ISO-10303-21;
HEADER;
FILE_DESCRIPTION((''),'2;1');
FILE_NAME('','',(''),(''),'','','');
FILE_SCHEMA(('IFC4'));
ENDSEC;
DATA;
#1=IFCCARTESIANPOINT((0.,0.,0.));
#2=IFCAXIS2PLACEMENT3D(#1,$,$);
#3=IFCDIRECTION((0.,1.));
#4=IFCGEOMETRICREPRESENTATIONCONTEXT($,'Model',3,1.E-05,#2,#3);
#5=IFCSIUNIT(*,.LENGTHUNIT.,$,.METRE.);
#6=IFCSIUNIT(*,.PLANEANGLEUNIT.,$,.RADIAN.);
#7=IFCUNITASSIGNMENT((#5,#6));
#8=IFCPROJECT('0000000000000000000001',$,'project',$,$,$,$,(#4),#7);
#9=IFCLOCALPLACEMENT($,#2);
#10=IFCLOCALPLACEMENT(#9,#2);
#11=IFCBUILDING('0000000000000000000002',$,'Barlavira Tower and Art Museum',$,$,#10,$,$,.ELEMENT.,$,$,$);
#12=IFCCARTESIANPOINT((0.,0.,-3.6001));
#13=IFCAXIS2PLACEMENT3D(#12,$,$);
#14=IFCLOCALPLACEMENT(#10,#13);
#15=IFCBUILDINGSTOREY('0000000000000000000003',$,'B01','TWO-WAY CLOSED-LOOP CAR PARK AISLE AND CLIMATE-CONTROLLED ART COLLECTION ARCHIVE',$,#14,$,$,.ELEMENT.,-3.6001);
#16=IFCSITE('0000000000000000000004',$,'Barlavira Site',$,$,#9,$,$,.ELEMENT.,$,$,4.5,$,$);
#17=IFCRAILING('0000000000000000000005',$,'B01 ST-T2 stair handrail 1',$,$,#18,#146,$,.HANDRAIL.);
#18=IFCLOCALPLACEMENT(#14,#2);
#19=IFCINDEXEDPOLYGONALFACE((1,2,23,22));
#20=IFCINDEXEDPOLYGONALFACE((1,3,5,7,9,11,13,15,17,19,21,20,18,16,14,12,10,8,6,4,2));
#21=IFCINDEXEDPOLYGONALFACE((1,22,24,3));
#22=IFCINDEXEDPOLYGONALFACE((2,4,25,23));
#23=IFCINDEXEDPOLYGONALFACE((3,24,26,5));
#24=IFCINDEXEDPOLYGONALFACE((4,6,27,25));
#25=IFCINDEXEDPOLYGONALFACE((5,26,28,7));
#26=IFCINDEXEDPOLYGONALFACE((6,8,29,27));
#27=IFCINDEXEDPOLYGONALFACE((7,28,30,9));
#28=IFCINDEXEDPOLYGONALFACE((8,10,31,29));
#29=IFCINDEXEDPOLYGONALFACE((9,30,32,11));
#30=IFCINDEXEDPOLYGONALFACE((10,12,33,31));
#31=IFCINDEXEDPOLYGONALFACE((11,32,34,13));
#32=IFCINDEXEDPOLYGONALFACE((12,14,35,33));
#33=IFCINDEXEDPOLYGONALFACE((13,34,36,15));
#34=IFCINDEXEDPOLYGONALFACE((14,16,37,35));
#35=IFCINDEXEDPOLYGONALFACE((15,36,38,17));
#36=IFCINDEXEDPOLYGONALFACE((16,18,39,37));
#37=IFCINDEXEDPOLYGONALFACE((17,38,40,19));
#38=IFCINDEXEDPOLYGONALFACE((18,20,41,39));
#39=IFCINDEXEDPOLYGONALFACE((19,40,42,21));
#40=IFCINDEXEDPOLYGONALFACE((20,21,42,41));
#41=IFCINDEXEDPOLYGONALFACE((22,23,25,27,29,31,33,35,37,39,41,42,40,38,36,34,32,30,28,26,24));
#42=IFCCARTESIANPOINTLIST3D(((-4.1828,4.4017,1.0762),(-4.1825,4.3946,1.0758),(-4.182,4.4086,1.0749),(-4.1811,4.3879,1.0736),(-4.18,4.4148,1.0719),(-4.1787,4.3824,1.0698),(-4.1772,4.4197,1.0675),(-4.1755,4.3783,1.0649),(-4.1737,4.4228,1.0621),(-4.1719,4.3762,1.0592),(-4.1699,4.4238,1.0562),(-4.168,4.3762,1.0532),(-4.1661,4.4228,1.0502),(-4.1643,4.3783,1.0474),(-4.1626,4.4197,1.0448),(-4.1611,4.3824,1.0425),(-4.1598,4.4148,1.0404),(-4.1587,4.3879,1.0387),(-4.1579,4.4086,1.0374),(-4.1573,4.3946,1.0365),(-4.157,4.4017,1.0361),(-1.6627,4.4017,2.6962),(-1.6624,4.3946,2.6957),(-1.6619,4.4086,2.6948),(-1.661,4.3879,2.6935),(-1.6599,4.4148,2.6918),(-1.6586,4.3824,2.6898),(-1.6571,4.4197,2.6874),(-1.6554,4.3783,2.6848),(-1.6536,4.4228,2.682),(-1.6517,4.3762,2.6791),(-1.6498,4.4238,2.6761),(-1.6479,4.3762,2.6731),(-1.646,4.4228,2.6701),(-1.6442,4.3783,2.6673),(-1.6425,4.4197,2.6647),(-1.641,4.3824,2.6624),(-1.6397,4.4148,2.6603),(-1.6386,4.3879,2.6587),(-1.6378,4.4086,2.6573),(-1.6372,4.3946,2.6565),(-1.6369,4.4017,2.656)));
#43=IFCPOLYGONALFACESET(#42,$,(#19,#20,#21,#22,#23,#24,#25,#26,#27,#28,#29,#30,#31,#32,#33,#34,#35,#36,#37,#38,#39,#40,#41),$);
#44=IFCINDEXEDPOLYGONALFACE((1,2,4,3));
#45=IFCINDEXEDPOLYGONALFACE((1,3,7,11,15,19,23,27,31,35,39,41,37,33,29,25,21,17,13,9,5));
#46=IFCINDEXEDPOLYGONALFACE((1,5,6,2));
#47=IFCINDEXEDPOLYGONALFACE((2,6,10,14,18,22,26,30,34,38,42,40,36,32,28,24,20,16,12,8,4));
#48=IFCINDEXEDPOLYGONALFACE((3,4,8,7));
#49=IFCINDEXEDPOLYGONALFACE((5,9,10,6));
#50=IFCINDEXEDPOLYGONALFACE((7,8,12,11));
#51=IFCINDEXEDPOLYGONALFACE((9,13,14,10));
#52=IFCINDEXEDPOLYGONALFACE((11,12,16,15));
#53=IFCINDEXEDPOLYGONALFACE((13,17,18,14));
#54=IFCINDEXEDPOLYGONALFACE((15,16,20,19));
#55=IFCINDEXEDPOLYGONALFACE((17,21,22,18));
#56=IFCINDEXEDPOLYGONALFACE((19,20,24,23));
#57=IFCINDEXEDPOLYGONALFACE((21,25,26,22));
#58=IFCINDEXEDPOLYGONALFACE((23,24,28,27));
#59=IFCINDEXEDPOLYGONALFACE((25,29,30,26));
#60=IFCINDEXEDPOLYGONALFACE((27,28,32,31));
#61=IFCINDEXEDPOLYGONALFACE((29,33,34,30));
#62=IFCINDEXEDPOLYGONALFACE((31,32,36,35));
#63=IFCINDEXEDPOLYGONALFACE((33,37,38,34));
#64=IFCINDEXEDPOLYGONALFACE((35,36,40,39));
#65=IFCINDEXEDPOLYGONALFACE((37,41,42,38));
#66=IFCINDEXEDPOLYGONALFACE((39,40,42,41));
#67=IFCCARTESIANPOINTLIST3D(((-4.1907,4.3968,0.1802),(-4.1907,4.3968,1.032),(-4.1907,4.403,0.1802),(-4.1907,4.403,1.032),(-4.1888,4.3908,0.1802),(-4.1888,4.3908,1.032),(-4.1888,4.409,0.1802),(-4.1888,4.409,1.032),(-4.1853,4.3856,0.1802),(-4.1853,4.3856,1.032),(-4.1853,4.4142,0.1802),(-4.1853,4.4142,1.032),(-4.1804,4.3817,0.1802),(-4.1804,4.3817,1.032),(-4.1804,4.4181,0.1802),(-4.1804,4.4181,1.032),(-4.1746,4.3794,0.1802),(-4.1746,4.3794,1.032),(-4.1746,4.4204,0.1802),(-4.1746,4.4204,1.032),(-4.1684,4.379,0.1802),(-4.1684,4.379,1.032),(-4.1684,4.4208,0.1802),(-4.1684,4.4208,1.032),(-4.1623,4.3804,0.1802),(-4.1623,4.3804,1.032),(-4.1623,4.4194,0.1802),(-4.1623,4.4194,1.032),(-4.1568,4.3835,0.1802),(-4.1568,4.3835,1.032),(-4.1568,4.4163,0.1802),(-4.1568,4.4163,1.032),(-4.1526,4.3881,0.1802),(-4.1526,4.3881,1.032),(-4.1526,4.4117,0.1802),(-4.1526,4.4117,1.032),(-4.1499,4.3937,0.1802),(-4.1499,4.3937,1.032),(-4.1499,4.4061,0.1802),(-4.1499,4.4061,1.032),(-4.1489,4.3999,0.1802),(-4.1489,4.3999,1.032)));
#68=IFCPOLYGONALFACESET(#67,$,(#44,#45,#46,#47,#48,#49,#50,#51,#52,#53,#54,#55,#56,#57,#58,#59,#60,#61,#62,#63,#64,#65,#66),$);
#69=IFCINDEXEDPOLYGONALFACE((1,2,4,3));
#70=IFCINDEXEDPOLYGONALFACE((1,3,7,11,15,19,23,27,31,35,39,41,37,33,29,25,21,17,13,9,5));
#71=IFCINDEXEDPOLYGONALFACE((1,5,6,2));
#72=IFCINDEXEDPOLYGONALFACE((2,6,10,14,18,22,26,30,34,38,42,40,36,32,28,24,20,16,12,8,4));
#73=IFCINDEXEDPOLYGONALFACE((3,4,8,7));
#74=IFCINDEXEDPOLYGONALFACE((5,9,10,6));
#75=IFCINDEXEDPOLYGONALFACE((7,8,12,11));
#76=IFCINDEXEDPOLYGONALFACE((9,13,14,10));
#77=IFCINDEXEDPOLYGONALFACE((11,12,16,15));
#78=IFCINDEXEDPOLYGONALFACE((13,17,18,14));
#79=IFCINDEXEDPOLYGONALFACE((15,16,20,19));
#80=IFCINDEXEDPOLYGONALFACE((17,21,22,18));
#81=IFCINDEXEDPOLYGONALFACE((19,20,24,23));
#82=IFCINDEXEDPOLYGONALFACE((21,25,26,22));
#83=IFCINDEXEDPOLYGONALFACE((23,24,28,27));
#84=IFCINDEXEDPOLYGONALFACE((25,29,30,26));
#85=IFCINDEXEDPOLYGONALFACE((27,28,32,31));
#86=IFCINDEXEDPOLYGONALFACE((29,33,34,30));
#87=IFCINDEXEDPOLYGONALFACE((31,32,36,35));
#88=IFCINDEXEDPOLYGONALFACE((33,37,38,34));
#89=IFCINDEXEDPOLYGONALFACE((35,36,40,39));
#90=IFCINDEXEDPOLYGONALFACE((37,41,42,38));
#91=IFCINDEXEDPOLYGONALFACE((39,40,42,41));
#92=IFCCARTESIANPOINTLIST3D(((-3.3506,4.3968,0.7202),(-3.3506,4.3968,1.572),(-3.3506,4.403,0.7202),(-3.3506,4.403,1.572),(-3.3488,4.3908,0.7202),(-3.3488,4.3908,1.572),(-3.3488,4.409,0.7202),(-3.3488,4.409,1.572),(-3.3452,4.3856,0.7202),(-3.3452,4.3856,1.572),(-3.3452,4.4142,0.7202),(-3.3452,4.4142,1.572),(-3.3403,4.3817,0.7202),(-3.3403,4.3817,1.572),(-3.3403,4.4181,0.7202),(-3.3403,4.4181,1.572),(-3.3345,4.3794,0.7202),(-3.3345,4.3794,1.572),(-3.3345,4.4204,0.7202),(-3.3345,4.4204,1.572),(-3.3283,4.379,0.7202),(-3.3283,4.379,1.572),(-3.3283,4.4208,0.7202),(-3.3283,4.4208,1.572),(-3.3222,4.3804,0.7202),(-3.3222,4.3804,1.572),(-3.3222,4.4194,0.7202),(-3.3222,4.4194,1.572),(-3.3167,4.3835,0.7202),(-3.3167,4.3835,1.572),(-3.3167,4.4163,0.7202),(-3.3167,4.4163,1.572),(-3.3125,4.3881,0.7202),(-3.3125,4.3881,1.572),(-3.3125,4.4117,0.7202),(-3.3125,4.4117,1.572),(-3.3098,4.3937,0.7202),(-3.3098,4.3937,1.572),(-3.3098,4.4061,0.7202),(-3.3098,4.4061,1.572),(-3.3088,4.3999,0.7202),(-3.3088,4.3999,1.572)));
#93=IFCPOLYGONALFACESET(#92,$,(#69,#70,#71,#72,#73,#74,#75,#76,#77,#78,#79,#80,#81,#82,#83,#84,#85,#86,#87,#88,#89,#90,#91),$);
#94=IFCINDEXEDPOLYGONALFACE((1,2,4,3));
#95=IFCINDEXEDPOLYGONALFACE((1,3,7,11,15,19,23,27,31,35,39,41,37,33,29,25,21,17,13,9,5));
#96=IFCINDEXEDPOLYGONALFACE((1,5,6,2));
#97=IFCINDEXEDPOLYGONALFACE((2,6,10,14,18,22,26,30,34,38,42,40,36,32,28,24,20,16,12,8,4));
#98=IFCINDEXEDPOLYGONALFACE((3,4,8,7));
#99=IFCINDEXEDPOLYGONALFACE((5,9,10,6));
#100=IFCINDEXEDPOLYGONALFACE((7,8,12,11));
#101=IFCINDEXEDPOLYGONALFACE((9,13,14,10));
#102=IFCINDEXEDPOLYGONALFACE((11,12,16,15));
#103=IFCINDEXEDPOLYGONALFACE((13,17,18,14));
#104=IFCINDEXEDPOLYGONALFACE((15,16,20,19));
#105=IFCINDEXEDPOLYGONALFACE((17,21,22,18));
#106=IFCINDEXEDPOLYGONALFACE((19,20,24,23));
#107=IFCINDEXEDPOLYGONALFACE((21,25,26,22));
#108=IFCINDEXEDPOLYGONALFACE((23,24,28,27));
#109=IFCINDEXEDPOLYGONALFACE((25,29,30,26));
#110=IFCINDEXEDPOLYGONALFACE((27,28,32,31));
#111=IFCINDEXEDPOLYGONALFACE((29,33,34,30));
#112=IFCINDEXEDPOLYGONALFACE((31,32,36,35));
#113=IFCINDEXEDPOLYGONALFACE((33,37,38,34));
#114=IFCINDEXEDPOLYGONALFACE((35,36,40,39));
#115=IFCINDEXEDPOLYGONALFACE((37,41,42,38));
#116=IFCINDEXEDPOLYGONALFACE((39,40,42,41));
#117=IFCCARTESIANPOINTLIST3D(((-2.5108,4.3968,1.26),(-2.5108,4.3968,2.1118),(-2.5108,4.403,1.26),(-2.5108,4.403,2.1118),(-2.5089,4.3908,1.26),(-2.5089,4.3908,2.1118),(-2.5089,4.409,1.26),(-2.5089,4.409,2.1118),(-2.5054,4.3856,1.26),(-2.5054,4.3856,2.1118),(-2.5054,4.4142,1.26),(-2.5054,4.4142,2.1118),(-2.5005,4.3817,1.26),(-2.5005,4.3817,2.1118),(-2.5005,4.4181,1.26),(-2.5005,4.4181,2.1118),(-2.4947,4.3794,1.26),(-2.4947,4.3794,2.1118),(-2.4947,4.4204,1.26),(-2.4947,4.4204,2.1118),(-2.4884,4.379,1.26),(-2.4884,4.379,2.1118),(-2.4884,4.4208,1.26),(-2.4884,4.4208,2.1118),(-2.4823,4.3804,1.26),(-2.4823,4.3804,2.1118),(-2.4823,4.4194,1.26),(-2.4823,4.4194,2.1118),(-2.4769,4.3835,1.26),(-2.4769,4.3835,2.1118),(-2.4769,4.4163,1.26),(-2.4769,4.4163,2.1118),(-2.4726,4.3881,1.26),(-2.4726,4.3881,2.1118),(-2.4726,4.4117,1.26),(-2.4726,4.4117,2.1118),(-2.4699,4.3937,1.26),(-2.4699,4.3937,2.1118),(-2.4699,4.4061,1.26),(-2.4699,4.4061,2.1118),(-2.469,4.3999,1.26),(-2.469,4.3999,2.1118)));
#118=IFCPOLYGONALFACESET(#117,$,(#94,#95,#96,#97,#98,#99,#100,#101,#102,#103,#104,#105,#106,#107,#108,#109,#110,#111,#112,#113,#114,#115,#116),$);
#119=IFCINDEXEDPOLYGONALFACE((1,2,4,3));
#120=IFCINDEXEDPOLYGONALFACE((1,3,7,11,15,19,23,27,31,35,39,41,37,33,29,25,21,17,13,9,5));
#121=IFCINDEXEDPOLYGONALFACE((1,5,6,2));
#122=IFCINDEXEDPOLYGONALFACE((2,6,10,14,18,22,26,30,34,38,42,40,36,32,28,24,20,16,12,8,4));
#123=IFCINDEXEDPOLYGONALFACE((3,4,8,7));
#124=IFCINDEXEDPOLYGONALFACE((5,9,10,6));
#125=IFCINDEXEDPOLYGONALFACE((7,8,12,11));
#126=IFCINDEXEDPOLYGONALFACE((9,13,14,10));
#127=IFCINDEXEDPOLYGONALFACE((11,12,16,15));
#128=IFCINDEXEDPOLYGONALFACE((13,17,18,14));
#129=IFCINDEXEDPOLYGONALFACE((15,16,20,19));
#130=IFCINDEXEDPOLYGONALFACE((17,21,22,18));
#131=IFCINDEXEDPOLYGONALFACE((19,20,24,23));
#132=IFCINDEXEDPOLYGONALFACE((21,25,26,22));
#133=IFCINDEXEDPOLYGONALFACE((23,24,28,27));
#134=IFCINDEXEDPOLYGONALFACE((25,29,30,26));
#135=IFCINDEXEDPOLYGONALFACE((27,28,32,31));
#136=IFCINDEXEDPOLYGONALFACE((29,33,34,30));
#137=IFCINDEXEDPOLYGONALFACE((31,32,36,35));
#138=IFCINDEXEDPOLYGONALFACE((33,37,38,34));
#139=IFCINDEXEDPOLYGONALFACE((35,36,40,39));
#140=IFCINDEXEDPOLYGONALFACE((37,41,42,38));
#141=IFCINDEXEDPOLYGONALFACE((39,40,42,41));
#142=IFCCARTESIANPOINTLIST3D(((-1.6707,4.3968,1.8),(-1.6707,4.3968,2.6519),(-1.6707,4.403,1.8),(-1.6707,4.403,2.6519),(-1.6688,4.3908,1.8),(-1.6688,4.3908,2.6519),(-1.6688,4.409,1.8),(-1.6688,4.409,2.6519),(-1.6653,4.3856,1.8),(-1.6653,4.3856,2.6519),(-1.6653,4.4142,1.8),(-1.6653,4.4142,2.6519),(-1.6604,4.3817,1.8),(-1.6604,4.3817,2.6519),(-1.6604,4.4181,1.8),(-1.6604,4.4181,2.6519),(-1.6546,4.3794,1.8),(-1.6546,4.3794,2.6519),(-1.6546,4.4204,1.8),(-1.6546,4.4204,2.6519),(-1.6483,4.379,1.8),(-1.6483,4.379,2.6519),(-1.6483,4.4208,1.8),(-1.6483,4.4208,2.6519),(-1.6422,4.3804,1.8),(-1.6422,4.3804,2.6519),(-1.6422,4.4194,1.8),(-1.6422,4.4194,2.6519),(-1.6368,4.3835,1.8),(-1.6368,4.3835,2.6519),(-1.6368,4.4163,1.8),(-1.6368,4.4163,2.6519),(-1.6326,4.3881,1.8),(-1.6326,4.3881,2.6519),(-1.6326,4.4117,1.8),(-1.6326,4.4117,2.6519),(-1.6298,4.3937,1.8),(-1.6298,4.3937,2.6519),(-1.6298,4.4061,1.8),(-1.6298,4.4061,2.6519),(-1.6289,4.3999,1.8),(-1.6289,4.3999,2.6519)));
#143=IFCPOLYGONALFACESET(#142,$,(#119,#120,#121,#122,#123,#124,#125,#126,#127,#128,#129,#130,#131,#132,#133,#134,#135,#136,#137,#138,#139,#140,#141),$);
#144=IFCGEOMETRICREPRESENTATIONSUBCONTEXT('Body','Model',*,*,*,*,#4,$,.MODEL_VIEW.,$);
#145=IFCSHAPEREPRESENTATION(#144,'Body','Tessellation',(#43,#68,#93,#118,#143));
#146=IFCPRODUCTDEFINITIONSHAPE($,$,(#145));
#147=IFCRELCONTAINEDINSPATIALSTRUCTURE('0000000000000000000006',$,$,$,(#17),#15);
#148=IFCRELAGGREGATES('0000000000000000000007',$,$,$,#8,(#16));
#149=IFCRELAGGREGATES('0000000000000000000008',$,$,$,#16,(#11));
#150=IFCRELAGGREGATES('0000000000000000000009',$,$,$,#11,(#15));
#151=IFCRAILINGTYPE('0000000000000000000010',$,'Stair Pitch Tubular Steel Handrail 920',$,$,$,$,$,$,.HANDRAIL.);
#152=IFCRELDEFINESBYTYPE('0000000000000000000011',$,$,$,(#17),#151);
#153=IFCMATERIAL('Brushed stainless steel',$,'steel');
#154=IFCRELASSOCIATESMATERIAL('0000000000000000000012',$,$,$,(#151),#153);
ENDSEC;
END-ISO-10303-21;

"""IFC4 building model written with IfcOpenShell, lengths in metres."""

from ifc_helpers import new_model, si_unit, direction, frame, origin, origin_2d, place, context, subcontext, project, spatial, circle, extrude, material, type_object, element, save


model = new_model("IFC4")

# Units and contexts
model_context = context("Model", 3, precision=1e-05, world=origin(), true_north=direction((0.0, 1.0)))
body_context = subcontext(model_context, "Body", "Model", "MODEL_VIEW")
ifc_project = project(units=[si_unit("LENGTHUNIT", "METRE"), si_unit("PLANEANGLEUNIT", "RADIAN")], contexts=[model_context])

# Site, building, storey
site_placement = place(None, origin())
site = spatial("IfcSite", under=ifc_project, at=site_placement, Name="Barlavira Site", CompositionType="ELEMENT", RefElevation=4.5)
building_placement = place(site_placement, origin())
building = spatial("IfcBuilding", under=site, at=building_placement, Name="Barlavira Tower and Art Museum", CompositionType="ELEMENT")
storey_placement = place(building_placement, frame((0.0, 0.0, -3.6001)))
storey = spatial("IfcBuildingStorey", under=building, at=storey_placement, Name="B01", Description="TWO-WAY CLOSED-LOOP CAR PARK AISLE AND CLIMATE-CONTROLLED ART COLLECTION ARCHIVE", CompositionType="ELEMENT", Elevation=-3.6001)

# Shared definitions
ifc_material_1 = material(Name="Brushed stainless steel", Category="steel")

# Railing
railing_type_1 = type_object("IfcRailingType", Name="Stair Pitch Tubular Steel Handrail 920", PredefinedType="HANDRAIL", material=ifc_material_1)
railing_1_placement = place(storey_placement, frame((-4.1699, 4.3999, 0.1802)))
element("IfcRailing", 1, at=railing_1_placement, inside=storey, type_object=railing_type_1, Name="B01 ST-T2 stair handrail 1", PredefinedType="HANDRAIL", context=body_context, shape_type="SweptSolid", body=[
    extrude(circle(Radius=0.0239, at=origin_2d()), frame((0.0, 0.0, 0.876), z_axis=(0.8412, 0.0, 0.540725), x_axis=(0.0, 1.0, 0.0)), (0.0, 0.0, 1.0), 2.9958),
    extrude(circle(Radius=0.021, at=origin_2d()), origin(), (0.0, 0.0, 1.0), 0.8518),
    extrude(circle(Radius=0.021, at=origin_2d()), frame((0.8401, 0.0, 0.54)), (0.0, 0.0, 1.0), 0.8518),
    extrude(circle(Radius=0.021, at=origin_2d()), frame((1.6799, 0.0, 1.0798)), (0.0, 0.0, 1.0), 0.8518),
    extrude(circle(Radius=0.021, at=origin_2d()), frame((2.52, 0.0, 1.6199)), (0.0, 0.0, 1.0), 0.8518),
])

save(model, "model.ifc")
